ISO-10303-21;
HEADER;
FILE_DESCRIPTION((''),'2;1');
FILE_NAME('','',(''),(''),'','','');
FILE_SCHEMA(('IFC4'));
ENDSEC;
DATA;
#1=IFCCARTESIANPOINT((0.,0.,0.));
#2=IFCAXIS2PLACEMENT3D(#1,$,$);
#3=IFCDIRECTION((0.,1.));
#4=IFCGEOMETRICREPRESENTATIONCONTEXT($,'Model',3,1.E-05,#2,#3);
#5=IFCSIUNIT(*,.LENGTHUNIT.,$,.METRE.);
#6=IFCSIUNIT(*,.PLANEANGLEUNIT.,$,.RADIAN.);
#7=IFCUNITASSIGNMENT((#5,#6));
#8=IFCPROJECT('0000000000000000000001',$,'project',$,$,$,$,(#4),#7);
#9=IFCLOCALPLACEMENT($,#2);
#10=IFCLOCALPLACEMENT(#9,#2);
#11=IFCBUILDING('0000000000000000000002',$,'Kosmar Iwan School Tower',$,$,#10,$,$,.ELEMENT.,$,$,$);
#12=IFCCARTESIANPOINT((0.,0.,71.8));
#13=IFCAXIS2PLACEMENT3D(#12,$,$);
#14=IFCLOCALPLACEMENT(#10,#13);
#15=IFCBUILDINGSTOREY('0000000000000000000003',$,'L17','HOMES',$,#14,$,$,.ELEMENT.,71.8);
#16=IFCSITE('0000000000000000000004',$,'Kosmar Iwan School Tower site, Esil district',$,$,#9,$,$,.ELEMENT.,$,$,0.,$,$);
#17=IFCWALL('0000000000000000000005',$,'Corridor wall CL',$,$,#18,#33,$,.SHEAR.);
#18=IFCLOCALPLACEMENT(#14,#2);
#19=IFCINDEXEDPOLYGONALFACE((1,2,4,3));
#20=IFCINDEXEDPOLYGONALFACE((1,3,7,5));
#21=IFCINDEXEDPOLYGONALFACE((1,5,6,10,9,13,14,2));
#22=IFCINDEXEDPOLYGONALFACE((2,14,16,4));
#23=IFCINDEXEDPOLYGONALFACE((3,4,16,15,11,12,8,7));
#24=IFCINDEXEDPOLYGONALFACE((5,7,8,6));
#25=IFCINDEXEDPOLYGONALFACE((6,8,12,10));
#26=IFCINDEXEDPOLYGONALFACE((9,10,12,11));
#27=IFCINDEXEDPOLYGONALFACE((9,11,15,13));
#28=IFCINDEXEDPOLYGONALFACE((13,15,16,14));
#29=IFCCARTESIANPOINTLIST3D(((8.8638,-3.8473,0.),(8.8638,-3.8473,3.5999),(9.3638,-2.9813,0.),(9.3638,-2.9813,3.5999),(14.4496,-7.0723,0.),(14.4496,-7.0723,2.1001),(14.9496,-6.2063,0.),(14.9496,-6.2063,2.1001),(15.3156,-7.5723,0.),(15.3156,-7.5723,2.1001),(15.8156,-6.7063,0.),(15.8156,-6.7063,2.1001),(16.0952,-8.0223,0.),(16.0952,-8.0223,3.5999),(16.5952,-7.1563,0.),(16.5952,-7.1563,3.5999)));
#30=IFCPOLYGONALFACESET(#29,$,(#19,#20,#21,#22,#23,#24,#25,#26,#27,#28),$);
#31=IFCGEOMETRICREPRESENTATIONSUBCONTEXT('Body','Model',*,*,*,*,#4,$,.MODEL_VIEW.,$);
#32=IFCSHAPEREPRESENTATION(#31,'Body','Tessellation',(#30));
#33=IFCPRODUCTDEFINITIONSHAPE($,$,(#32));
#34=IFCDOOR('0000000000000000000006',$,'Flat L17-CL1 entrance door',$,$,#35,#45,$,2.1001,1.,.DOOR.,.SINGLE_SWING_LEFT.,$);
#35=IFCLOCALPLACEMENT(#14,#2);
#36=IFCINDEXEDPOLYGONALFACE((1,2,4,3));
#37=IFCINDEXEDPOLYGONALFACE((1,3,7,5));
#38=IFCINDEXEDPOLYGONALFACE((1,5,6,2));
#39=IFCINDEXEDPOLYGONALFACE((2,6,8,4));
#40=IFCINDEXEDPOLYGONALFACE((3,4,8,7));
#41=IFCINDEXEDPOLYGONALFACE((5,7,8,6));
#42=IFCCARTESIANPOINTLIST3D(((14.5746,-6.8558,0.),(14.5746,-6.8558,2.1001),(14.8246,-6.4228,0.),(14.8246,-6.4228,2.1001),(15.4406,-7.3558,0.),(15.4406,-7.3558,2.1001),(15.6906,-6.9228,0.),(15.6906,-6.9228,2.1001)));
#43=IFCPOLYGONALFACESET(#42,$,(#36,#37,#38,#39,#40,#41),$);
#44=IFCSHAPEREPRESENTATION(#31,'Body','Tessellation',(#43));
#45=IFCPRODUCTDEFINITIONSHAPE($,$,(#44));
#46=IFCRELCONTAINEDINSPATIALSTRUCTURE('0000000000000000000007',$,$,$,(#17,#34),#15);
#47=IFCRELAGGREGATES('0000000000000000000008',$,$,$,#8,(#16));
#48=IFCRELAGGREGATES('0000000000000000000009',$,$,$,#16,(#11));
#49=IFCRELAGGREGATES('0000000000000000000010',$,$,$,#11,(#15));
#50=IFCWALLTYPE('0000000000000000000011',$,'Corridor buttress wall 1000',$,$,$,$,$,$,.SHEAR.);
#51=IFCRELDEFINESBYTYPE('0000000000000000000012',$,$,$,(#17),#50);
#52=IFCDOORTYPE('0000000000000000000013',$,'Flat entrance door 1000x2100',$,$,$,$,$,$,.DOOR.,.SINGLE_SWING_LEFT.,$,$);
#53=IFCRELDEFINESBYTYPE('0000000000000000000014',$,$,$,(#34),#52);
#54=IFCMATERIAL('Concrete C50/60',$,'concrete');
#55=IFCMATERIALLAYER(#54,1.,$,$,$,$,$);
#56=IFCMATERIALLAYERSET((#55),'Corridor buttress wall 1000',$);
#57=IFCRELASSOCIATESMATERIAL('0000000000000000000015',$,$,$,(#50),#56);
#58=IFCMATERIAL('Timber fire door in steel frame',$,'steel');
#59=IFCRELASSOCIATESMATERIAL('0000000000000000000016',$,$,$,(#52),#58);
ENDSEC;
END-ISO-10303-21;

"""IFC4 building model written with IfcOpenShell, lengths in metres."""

from ifc_helpers import new_model, si_unit, direction, frame, frame_2d, origin, place, context, subcontext, project, spatial, rectangle, extrude, material, layer, layer_set, type_object, element, fill, save


model = new_model("IFC4")

# Units and contexts
model_context = context("Model", 3, precision=1e-05, world=origin(), true_north=direction((0.0, 1.0)))
body_context = subcontext(model_context, "Body", "Model", "MODEL_VIEW")
ifc_project = project(units=[si_unit("LENGTHUNIT", "METRE"), si_unit("PLANEANGLEUNIT", "RADIAN")], contexts=[model_context])

# Site, building, storey
site_placement = place(None, origin())
site = spatial("IfcSite", under=ifc_project, at=site_placement, Name="Kosmar Iwan School Tower site, Esil district", CompositionType="ELEMENT", RefElevation=0.0)
building_placement = place(site_placement, origin())
building = spatial("IfcBuilding", under=site, at=building_placement, Name="Kosmar Iwan School Tower", CompositionType="ELEMENT")
storey_placement = place(building_placement, frame((0.0, 0.0, 71.8)))
storey = spatial("IfcBuildingStorey", under=building, at=storey_placement, Name="L17", Description="HOMES", CompositionType="ELEMENT", Elevation=71.8)

# Wall, opening, door
ifc_material_1 = material(Name="Concrete C50/60", Category="concrete")
ifc_layer_1 = layer(ifc_material_1, 1.0)
ifc_layer_set_1 = layer_set([ifc_layer_1], Name="Corridor buttress wall 1000")
wall_type_1 = type_object("IfcWallType", Name="Corridor buttress wall 1000", PredefinedType="SHEAR", material=ifc_layer_set_1)
wall_1_placement = place(storey_placement, frame((9.1138, -3.4143, 0.0), z_axis=(0.0, 0.0, 1.0), x_axis=(0.866027, -0.499997, 0.0)))
wall_1 = element("IfcWall", 1, at=wall_1_placement, inside=storey, type_object=wall_type_1, Name="Corridor wall CL", PredefinedType="SHEAR", context=body_context, shape_type="SweptSolid", body=[
    extrude(rectangle(XDim=8.3501, YDim=1.0, at=frame_2d((4.175, 0.0))), origin(), (0.0, 0.0, 1.0), 3.5999),
])
opening_1_placement = place(wall_1_placement, frame((6.45, 0.0, 0.0)))
opening_1 = element("IfcOpeningElement", 2, at=opening_1_placement, cuts=wall_1, PredefinedType="OPENING", context=body_context, shape_type="SweptSolid", body=[
    extrude(rectangle(XDim=1.0, YDim=2.1001, at=frame_2d((0.5, 1.05))), frame((0.0, 0.512, 0.0), z_axis=(0.0, -1.0, 0.0), x_axis=(1.0, 0.0, 0.0)), (0.0, 0.0, 1.0), 1.0239),
])
ifc_material_2 = material(Name="Timber fire door in steel frame", Category="steel")
door_type_1 = type_object("IfcDoorType", Name="Flat entrance door 1000x2100", OperationType="SINGLE_SWING_LEFT", PredefinedType="DOOR", material=ifc_material_2)
door_1_placement = place(opening_1_placement, origin())
door_1 = element("IfcDoor", 3, at=door_1_placement, inside=storey, type_object=door_type_1, Name="Flat L17-CL1 entrance door", OperationType="SINGLE_SWING_LEFT", OverallHeight=2.1001, OverallWidth=1.0, PredefinedType="DOOR", context=body_context, shape_type="SweptSolid", body=[
    extrude(rectangle(XDim=1.0, YDim=2.1001, at=frame_2d((0.5, 1.05))), frame((0.0, 0.25, 0.0), z_axis=(0.0, -1.0, 0.0), x_axis=(1.0, 0.0, 0.0)), (0.0, 0.0, 1.0), 0.5),
])
fill(opening_1, door_1)

save(model, "model.ifc")
